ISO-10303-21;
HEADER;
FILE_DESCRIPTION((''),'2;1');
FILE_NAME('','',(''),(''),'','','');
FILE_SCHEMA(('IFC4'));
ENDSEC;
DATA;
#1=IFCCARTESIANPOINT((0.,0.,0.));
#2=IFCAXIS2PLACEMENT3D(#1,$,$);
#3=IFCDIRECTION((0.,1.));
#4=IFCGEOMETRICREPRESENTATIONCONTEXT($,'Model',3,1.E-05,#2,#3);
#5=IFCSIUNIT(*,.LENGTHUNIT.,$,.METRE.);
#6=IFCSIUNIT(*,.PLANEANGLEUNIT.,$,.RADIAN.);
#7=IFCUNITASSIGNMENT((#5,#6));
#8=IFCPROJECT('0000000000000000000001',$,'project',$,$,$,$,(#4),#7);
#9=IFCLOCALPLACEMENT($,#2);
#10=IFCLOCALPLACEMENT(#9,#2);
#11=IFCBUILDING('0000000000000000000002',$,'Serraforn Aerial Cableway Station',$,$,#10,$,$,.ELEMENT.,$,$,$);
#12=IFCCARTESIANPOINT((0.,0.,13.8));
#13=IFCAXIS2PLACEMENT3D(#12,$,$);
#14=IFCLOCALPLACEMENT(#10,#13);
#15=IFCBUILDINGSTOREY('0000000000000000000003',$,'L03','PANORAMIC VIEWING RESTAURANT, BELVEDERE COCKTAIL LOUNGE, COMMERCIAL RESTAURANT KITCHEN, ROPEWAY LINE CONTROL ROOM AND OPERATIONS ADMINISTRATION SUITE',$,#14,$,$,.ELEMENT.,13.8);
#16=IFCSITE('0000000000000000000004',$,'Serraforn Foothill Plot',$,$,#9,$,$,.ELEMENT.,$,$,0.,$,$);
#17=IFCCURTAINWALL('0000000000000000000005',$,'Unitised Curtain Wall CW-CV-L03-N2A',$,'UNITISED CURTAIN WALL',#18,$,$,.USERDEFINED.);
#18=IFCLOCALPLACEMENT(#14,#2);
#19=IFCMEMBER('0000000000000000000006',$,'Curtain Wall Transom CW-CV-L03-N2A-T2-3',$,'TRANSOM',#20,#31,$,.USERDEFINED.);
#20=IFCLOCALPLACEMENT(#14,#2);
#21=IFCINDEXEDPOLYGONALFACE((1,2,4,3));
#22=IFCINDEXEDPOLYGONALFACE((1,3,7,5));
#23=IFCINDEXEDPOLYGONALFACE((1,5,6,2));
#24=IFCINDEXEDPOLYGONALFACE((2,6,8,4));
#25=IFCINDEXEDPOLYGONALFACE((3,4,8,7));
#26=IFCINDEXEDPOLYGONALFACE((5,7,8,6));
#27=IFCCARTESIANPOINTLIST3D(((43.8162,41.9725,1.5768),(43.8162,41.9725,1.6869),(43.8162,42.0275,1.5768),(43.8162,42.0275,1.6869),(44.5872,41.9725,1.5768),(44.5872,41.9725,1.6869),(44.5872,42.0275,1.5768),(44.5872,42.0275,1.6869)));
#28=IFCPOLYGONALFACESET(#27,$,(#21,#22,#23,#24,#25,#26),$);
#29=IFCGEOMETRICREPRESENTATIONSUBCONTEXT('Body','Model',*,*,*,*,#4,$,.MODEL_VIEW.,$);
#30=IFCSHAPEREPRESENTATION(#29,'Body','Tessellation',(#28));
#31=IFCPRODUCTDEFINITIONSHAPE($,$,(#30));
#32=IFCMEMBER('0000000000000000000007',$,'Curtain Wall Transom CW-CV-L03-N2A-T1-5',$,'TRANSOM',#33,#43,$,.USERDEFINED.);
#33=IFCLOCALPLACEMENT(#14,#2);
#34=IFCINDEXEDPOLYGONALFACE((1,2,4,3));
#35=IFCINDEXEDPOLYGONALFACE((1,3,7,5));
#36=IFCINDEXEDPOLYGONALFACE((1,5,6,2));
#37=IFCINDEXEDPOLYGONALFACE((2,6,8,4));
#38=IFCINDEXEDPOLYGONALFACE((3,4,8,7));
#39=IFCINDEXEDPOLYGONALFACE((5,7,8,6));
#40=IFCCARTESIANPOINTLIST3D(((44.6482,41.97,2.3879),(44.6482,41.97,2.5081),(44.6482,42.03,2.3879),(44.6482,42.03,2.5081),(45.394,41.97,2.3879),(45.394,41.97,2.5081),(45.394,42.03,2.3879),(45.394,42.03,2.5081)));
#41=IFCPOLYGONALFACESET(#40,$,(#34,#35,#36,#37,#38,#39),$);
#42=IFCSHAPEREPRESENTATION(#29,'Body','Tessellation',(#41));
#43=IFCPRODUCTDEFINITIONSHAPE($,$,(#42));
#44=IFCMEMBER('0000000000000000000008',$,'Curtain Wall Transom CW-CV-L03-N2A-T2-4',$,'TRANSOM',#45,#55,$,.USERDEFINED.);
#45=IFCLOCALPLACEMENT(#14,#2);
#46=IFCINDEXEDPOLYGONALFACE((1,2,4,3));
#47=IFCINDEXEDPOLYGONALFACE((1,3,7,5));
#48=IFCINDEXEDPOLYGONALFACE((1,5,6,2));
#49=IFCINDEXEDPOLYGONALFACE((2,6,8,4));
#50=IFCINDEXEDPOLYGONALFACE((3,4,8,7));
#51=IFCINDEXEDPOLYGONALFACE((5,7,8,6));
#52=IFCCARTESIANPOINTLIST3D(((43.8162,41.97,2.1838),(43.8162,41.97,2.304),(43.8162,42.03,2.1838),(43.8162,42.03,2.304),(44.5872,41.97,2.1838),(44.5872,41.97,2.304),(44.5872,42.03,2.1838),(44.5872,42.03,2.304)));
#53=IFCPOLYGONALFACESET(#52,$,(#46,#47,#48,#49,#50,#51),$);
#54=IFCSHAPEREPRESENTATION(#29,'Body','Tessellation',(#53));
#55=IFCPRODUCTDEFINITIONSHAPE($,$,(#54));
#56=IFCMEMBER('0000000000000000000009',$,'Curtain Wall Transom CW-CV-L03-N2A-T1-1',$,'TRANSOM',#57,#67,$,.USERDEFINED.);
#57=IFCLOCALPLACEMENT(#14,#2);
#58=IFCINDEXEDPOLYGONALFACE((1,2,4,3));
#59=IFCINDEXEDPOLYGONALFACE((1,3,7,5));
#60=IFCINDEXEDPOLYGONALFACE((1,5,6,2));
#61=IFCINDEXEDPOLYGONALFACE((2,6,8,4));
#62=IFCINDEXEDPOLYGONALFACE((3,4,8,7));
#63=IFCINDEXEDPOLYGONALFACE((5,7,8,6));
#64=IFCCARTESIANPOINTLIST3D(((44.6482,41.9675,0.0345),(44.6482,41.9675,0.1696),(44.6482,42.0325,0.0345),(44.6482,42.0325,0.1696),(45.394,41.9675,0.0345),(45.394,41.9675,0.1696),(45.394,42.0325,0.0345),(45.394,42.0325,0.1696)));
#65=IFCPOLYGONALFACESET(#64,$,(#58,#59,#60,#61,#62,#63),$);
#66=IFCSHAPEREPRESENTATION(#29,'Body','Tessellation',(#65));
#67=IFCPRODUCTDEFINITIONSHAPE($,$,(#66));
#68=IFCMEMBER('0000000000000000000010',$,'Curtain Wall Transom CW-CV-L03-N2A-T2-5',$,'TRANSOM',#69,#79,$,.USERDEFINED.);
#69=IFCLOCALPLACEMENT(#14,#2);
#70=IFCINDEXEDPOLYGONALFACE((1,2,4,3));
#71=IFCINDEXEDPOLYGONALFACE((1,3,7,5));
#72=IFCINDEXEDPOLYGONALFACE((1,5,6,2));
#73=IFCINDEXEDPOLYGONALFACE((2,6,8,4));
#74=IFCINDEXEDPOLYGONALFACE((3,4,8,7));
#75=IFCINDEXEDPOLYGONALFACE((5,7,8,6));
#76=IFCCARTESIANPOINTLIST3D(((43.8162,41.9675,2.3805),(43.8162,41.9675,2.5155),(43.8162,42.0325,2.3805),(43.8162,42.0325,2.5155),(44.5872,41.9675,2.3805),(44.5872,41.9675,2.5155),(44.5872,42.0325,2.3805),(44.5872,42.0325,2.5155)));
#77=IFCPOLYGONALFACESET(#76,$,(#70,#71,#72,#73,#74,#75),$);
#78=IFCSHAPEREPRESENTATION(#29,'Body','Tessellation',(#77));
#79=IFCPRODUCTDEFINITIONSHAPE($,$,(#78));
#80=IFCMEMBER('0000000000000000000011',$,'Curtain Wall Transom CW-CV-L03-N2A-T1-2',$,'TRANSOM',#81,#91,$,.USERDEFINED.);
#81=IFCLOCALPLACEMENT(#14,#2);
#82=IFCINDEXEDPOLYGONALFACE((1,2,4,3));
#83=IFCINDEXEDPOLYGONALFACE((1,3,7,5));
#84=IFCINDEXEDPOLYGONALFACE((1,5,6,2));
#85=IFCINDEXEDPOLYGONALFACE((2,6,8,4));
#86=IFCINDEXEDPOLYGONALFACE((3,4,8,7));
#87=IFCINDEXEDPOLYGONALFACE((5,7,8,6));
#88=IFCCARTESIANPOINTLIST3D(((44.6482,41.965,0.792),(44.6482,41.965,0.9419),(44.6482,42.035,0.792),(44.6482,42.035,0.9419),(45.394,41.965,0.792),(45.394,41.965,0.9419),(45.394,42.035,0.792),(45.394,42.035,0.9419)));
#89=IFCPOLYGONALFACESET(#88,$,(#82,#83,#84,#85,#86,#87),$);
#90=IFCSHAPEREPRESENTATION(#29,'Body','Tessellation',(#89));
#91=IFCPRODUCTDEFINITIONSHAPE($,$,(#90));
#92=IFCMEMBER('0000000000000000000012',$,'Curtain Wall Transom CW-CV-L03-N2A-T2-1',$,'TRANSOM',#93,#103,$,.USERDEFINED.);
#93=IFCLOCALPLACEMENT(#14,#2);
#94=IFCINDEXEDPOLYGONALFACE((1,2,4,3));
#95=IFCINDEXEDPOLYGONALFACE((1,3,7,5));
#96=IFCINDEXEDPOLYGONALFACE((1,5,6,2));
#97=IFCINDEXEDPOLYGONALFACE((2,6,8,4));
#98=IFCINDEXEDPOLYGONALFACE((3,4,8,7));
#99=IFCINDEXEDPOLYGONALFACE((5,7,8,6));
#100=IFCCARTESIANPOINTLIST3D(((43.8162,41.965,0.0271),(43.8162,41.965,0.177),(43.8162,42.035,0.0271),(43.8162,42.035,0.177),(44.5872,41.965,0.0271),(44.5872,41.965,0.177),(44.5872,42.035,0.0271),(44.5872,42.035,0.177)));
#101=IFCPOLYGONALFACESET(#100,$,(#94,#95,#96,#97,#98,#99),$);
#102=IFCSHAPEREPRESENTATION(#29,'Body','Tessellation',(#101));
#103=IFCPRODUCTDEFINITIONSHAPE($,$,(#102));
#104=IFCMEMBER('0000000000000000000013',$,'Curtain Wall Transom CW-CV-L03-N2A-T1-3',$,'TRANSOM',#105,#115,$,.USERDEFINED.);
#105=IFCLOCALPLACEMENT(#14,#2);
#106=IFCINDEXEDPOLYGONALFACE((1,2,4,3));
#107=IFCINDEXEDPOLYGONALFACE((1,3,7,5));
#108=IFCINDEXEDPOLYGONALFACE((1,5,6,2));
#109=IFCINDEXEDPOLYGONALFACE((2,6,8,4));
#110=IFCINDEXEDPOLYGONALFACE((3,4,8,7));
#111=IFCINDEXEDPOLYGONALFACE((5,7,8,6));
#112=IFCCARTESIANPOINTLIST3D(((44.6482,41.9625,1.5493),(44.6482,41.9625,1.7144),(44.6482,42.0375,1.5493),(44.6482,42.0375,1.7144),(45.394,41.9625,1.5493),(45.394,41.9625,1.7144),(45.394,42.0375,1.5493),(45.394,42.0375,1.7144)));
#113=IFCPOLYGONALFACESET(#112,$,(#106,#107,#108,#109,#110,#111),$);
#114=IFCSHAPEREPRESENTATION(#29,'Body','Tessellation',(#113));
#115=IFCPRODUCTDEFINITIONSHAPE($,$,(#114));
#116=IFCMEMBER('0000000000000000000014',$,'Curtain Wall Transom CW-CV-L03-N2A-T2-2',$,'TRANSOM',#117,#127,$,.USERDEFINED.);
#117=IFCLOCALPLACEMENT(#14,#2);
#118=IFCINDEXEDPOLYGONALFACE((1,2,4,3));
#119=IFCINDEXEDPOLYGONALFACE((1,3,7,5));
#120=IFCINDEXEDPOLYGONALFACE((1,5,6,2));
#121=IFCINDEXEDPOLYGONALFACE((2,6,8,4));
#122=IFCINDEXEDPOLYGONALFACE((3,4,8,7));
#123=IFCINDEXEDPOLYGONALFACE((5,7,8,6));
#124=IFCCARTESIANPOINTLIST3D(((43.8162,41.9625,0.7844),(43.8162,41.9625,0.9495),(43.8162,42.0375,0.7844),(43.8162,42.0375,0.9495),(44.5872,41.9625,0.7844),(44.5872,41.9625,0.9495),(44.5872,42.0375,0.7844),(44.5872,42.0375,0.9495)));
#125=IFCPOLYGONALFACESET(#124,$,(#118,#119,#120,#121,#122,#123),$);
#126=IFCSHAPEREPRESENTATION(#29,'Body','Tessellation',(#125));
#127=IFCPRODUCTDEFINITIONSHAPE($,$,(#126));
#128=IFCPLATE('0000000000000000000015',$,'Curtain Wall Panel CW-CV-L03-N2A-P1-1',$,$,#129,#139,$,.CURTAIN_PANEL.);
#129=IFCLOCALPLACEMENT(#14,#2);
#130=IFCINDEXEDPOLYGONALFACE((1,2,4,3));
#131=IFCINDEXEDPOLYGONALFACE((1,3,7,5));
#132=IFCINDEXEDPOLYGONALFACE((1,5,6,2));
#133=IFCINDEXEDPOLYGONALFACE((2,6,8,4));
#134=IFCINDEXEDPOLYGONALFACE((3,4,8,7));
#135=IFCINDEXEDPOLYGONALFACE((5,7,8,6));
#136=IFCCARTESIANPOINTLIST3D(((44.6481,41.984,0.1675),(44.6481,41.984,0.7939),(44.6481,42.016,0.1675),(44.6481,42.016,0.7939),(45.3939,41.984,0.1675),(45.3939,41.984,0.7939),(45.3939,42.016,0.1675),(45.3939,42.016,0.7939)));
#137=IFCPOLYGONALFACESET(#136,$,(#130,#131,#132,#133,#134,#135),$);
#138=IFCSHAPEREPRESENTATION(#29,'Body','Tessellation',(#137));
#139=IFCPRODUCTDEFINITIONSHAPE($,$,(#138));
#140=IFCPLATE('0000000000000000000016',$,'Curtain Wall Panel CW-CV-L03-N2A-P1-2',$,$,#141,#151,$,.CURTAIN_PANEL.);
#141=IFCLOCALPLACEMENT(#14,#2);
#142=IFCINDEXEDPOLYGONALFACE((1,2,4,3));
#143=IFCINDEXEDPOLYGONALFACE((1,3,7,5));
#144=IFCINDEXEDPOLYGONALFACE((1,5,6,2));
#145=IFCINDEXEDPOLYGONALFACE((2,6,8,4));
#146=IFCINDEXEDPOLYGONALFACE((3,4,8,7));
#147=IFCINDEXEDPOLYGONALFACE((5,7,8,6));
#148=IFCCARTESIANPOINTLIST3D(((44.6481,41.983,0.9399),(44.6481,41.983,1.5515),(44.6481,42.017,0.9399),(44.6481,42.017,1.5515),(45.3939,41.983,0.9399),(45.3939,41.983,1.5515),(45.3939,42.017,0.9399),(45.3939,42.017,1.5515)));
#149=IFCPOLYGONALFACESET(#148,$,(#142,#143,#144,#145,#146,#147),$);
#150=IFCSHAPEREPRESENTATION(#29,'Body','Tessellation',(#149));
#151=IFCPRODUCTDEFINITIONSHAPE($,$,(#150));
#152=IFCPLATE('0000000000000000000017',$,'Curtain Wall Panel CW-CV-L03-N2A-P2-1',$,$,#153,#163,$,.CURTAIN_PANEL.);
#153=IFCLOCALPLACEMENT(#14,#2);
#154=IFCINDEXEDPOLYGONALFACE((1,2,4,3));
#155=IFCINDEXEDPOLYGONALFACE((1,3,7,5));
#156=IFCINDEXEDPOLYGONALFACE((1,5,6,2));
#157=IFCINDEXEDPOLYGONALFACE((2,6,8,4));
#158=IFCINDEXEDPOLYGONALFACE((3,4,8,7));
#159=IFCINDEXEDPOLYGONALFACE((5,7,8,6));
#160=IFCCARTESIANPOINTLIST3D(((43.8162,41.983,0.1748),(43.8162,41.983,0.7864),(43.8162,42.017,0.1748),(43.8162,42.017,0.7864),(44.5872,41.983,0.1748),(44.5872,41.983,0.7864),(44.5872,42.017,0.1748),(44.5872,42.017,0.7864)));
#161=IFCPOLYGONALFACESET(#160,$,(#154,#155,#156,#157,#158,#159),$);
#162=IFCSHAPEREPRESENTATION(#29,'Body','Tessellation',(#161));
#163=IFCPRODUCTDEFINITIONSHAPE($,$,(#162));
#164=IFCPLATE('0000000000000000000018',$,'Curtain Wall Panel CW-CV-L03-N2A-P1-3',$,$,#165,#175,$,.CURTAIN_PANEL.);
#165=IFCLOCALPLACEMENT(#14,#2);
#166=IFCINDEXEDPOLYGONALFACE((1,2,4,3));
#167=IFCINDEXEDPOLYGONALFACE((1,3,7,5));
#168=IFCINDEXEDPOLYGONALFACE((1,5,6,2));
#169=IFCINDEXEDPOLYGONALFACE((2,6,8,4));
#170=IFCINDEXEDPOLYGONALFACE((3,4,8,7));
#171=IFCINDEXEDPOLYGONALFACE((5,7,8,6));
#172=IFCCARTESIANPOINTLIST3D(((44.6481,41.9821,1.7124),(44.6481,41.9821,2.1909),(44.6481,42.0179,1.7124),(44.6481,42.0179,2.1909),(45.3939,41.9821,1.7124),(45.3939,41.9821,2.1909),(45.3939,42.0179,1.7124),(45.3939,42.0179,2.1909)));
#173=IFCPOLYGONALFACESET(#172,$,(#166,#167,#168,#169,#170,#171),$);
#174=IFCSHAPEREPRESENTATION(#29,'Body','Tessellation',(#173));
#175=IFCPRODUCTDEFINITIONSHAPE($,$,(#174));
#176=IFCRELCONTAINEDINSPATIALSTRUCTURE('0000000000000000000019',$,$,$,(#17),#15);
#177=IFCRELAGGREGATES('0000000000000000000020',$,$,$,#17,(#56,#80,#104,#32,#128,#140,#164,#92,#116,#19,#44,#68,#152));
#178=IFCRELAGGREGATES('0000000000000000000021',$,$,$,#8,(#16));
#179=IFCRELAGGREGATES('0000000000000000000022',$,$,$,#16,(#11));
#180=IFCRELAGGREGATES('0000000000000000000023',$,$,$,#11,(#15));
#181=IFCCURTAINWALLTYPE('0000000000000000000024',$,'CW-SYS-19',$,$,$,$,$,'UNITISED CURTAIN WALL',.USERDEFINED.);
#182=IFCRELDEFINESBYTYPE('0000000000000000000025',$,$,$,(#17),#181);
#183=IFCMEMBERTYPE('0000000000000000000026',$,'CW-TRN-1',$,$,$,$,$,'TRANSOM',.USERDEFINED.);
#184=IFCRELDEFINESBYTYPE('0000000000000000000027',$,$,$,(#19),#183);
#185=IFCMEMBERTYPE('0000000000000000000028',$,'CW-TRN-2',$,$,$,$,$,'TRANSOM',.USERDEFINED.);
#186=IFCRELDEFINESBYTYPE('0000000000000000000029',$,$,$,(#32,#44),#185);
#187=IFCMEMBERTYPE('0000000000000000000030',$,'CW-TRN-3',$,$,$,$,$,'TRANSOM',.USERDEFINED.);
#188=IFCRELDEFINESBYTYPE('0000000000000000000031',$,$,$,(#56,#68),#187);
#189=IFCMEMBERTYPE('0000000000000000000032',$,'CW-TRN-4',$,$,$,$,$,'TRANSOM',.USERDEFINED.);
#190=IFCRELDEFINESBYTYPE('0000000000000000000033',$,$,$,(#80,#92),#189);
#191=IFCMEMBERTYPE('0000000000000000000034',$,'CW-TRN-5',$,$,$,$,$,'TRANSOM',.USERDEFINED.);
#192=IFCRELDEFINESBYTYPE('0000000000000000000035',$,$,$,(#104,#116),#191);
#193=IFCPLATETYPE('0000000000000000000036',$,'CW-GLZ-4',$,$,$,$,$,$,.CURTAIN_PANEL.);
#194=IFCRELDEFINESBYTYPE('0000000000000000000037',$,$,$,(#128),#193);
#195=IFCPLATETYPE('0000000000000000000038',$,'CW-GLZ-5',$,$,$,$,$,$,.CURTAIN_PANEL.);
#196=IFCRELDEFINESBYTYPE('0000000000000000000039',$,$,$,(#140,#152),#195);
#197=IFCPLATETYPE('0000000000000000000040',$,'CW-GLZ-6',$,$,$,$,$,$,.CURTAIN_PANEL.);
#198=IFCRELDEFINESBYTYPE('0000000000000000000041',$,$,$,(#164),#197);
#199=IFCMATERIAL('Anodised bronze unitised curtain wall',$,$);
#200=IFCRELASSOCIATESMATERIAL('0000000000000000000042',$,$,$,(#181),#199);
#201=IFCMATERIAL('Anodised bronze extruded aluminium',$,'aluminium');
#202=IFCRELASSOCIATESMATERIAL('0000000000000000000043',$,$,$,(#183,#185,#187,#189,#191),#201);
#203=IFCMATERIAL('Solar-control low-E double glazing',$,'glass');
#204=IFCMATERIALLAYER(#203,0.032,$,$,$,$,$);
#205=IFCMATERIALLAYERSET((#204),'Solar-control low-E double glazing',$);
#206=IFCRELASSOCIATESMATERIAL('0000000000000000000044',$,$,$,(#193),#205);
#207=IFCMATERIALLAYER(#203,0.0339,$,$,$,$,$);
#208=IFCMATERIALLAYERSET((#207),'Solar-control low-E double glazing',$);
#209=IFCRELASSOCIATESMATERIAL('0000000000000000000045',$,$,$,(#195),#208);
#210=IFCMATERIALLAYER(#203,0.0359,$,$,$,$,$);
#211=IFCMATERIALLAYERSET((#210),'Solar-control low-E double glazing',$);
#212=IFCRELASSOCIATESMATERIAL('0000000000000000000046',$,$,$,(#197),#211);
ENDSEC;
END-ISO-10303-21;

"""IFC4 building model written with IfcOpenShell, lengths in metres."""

from ifc_helpers import new_model, si_unit, direction, frame, origin, origin_2d, place, context, subcontext, project, spatial, rectangle, extrude, material, layer, layer_set, material_profile, profile_set, type_object, element, aggregate, save


model = new_model("IFC4")

# Units and contexts
model_context = context("Model", 3, precision=1e-05, world=origin(), true_north=direction((0.0, 1.0)))
body_context = subcontext(model_context, "Body", "Model", "MODEL_VIEW")
ifc_project = project(units=[si_unit("LENGTHUNIT", "METRE"), si_unit("PLANEANGLEUNIT", "RADIAN")], contexts=[model_context])

# Site, building, storey
site_placement = place(None, origin())
site = spatial("IfcSite", under=ifc_project, at=site_placement, Name="Serraforn Foothill Plot", CompositionType="ELEMENT", RefElevation=0.0)
building_placement = place(site_placement, origin())
building = spatial("IfcBuilding", under=site, at=building_placement, Name="Serraforn Aerial Cableway Station", CompositionType="ELEMENT")
storey_placement = place(building_placement, frame((0.0, 0.0, 13.8)))
storey = spatial("IfcBuildingStorey", under=building, at=storey_placement, Name="L03", Description="PANORAMIC VIEWING RESTAURANT, BELVEDERE COCKTAIL LOUNGE, COMMERCIAL RESTAURANT KITCHEN, ROPEWAY LINE CONTROL ROOM AND OPERATIONS ADMINISTRATION SUITE", CompositionType="ELEMENT", Elevation=13.8)

# Curtain wall, members, plates
ifc_material_1 = material(Name="Anodised bronze unitised curtain wall")
curtain_wall_type = type_object("IfcCurtainWallType", Name="CW-SYS-19", ElementType="UNITISED CURTAIN WALL", PredefinedType="USERDEFINED", material=ifc_material_1)
curtain_wall_placement = place(storey_placement, origin())
curtain_wall = element("IfcCurtainWall", 1, at=curtain_wall_placement, inside=storey, type_object=curtain_wall_type, Name="Unitised Curtain Wall CW-CV-L03-N2A", ObjectType="UNITISED CURTAIN WALL", PredefinedType="USERDEFINED")
ifc_material_2 = material(Name="Anodised bronze extruded aluminium", Category="aluminium")
ifc_material_profile_1 = material_profile(ifc_material_2, rectangle(XDim=0.0549, YDim=0.1101, at=origin_2d()), Name="CW TRANSOM 55x110")
ifc_profile_set_1 = profile_set([ifc_material_profile_1], Name="Anodised bronze extruded aluminium")
member_type_1 = type_object("IfcMemberType", Name="CW-TRN-1", ElementType="TRANSOM", PredefinedType="USERDEFINED", material=ifc_profile_set_1)
member_1_placement = place(storey_placement, frame((44.5872, 42.0, 1.6318), z_axis=(-1.0, 0.0, 0.0), x_axis=(0.0, -1.0, 0.0)))
member_1 = element("IfcMember", 2, at=member_1_placement, type_object=member_type_1, Name="Curtain Wall Transom CW-CV-L03-N2A-T2-3", ObjectType="TRANSOM", PredefinedType="USERDEFINED", context=body_context, shape_type="SweptSolid", body=[
    extrude(rectangle(XDim=0.0549, YDim=0.1101, at=origin_2d()), origin(), (0.0, 0.0, 1.0), 0.771),
])
ifc_material_profile_2 = material_profile(ifc_material_2, rectangle(XDim=0.0601, YDim=0.1201, at=origin_2d()), Name="CW TRANSOM 60x120")
ifc_profile_set_2 = profile_set([ifc_material_profile_2], Name="Anodised bronze extruded aluminium")
member_type_2 = type_object("IfcMemberType", Name="CW-TRN-2", ElementType="TRANSOM", PredefinedType="USERDEFINED", material=ifc_profile_set_2)
member_2_placement = place(storey_placement, frame((45.394, 42.0, 2.448), z_axis=(-1.0, 0.0, 0.0), x_axis=(0.0, -1.0, 0.0)))
member_2 = element("IfcMember", 3, at=member_2_placement, type_object=member_type_2, Name="Curtain Wall Transom CW-CV-L03-N2A-T1-5", ObjectType="TRANSOM", PredefinedType="USERDEFINED", context=body_context, shape_type="SweptSolid", body=[
    extrude(rectangle(XDim=0.0601, YDim=0.1201, at=origin_2d()), origin(), (0.0, 0.0, 1.0), 0.7458),
])
member_3_placement = place(storey_placement, frame((44.5872, 42.0, 2.2439), z_axis=(-1.0, 0.0, 0.0), x_axis=(0.0, -1.0, 0.0)))
member_3 = element("IfcMember", 4, at=member_3_placement, type_object=member_type_2, Name="Curtain Wall Transom CW-CV-L03-N2A-T2-4", ObjectType="TRANSOM", PredefinedType="USERDEFINED", context=body_context, shape_type="SweptSolid", body=[
    extrude(rectangle(XDim=0.0601, YDim=0.1201, at=origin_2d()), origin(), (0.0, 0.0, 1.0), 0.771),
])
ifc_material_profile_3 = material_profile(ifc_material_2, rectangle(XDim=0.0649, YDim=0.135, at=origin_2d()), Name="CW TRANSOM 65x135")
ifc_profile_set_3 = profile_set([ifc_material_profile_3], Name="Anodised bronze extruded aluminium")
member_type_3 = type_object("IfcMemberType", Name="CW-TRN-3", ElementType="TRANSOM", PredefinedType="USERDEFINED", material=ifc_profile_set_3)
member_4_placement = place(storey_placement, frame((45.394, 42.0, 0.1021), z_axis=(-1.0, 0.0, 0.0), x_axis=(0.0, -1.0, 0.0)))
member_4 = element("IfcMember", 5, at=member_4_placement, type_object=member_type_3, Name="Curtain Wall Transom CW-CV-L03-N2A-T1-1", ObjectType="TRANSOM", PredefinedType="USERDEFINED", context=body_context, shape_type="SweptSolid", body=[
    extrude(rectangle(XDim=0.0649, YDim=0.135, at=origin_2d()), origin(), (0.0, 0.0, 1.0), 0.7458),
])
member_5_placement = place(storey_placement, frame((44.5872, 42.0, 2.448), z_axis=(-1.0, 0.0, 0.0), x_axis=(0.0, -1.0, 0.0)))
member_5 = element("IfcMember", 6, at=member_5_placement, type_object=member_type_3, Name="Curtain Wall Transom CW-CV-L03-N2A-T2-5", ObjectType="TRANSOM", PredefinedType="USERDEFINED", context=body_context, shape_type="SweptSolid", body=[
    extrude(rectangle(XDim=0.0649, YDim=0.135, at=origin_2d()), origin(), (0.0, 0.0, 1.0), 0.771),
])
ifc_material_profile_4 = material_profile(ifc_material_2, rectangle(XDim=0.0701, YDim=0.1499, at=origin_2d()), Name="CW TRANSOM 70x150")
ifc_profile_set_4 = profile_set([ifc_material_profile_4], Name="Anodised bronze extruded aluminium")
member_type_4 = type_object("IfcMemberType", Name="CW-TRN-4", ElementType="TRANSOM", PredefinedType="USERDEFINED", material=ifc_profile_set_4)
member_6_placement = place(storey_placement, frame((45.394, 42.0, 0.8669), z_axis=(-1.0, 0.0, 0.0), x_axis=(0.0, -1.0, 0.0)))
member_6 = element("IfcMember", 7, at=member_6_placement, type_object=member_type_4, Name="Curtain Wall Transom CW-CV-L03-N2A-T1-2", ObjectType="TRANSOM", PredefinedType="USERDEFINED", context=body_context, shape_type="SweptSolid", body=[
    extrude(rectangle(XDim=0.0701, YDim=0.1499, at=origin_2d()), origin(), (0.0, 0.0, 1.0), 0.7458),
])
member_7_placement = place(storey_placement, frame((44.5872, 42.0, 0.1021), z_axis=(-1.0, 0.0, 0.0), x_axis=(0.0, -1.0, 0.0)))
member_7 = element("IfcMember", 8, at=member_7_placement, type_object=member_type_4, Name="Curtain Wall Transom CW-CV-L03-N2A-T2-1", ObjectType="TRANSOM", PredefinedType="USERDEFINED", context=body_context, shape_type="SweptSolid", body=[
    extrude(rectangle(XDim=0.0701, YDim=0.1499, at=origin_2d()), origin(), (0.0, 0.0, 1.0), 0.771),
])
ifc_material_profile_5 = material_profile(ifc_material_2, rectangle(XDim=0.075, YDim=0.165, at=origin_2d()), Name="CW TRANSOM 75x165")
ifc_profile_set_5 = profile_set([ifc_material_profile_5], Name="Anodised bronze extruded aluminium")
member_type_5 = type_object("IfcMemberType", Name="CW-TRN-5", ElementType="TRANSOM", PredefinedType="USERDEFINED", material=ifc_profile_set_5)
member_8_placement = place(storey_placement, frame((45.394, 42.0, 1.6318), z_axis=(-1.0, 0.0, 0.0), x_axis=(0.0, -1.0, 0.0)))
member_8 = element("IfcMember", 9, at=member_8_placement, type_object=member_type_5, Name="Curtain Wall Transom CW-CV-L03-N2A-T1-3", ObjectType="TRANSOM", PredefinedType="USERDEFINED", context=body_context, shape_type="SweptSolid", body=[
    extrude(rectangle(XDim=0.075, YDim=0.165, at=origin_2d()), origin(), (0.0, 0.0, 1.0), 0.7458),
])
member_9_placement = place(storey_placement, frame((44.5872, 42.0, 0.8669), z_axis=(-1.0, 0.0, 0.0), x_axis=(0.0, -1.0, 0.0)))
member_9 = element("IfcMember", 10, at=member_9_placement, type_object=member_type_5, Name="Curtain Wall Transom CW-CV-L03-N2A-T2-2", ObjectType="TRANSOM", PredefinedType="USERDEFINED", context=body_context, shape_type="SweptSolid", body=[
    extrude(rectangle(XDim=0.075, YDim=0.165, at=origin_2d()), origin(), (0.0, 0.0, 1.0), 0.771),
])
ifc_material_3 = material(Name="Solar-control low-E double glazing", Category="glass")
ifc_layer_1 = layer(ifc_material_3, 0.032)
ifc_layer_set_1 = layer_set([ifc_layer_1], Name="Solar-control low-E double glazing")
plate_type_1 = type_object("IfcPlateType", Name="CW-GLZ-4", PredefinedType="CURTAIN_PANEL", material=ifc_layer_set_1)
plate_1_placement = place(storey_placement, frame((45.021, 42.0, 0.1675), z_axis=(0.0, 0.0, 1.0), x_axis=(1.0, 0.0, 0.0)))
plate_1 = element("IfcPlate", 11, at=plate_1_placement, type_object=plate_type_1, Name="Curtain Wall Panel CW-CV-L03-N2A-P1-1", PredefinedType="CURTAIN_PANEL", context=body_context, shape_type="SweptSolid", body=[
    extrude(rectangle(XDim=0.7458, YDim=0.032, at=origin_2d()), origin(), (0.0, 0.0, 1.0), 0.6265),
])
ifc_layer_2 = layer(ifc_material_3, 0.0339)
ifc_layer_set_2 = layer_set([ifc_layer_2], Name="Solar-control low-E double glazing")
plate_type_2 = type_object("IfcPlateType", Name="CW-GLZ-5", PredefinedType="CURTAIN_PANEL", material=ifc_layer_set_2)
plate_2_placement = place(storey_placement, frame((45.021, 42.0, 0.9399), z_axis=(0.0, 0.0, 1.0), x_axis=(1.0, 0.0, 0.0)))
plate_2 = element("IfcPlate", 12, at=plate_2_placement, type_object=plate_type_2, Name="Curtain Wall Panel CW-CV-L03-N2A-P1-2", PredefinedType="CURTAIN_PANEL", context=body_context, shape_type="SweptSolid", body=[
    extrude(rectangle(XDim=0.7458, YDim=0.0339, at=origin_2d()), origin(), (0.0, 0.0, 1.0), 0.6116),
])
plate_3_placement = place(storey_placement, frame((44.2017, 42.0, 0.1748), z_axis=(0.0, 0.0, 1.0), x_axis=(1.0, 0.0, 0.0)))
plate_3 = element("IfcPlate", 13, at=plate_3_placement, type_object=plate_type_2, Name="Curtain Wall Panel CW-CV-L03-N2A-P2-1", PredefinedType="CURTAIN_PANEL", context=body_context, shape_type="SweptSolid", body=[
    extrude(rectangle(XDim=0.771, YDim=0.0339, at=origin_2d()), origin(), (0.0, 0.0, 1.0), 0.6116),
])
ifc_layer_3 = layer(ifc_material_3, 0.0359)
ifc_layer_set_3 = layer_set([ifc_layer_3], Name="Solar-control low-E double glazing")
plate_type_3 = type_object("IfcPlateType", Name="CW-GLZ-6", PredefinedType="CURTAIN_PANEL", material=ifc_layer_set_3)
plate_4_placement = place(storey_placement, frame((45.021, 42.0, 1.7124), z_axis=(0.0, 0.0, 1.0), x_axis=(1.0, 0.0, 0.0)))
plate_4 = element("IfcPlate", 14, at=plate_4_placement, type_object=plate_type_3, Name="Curtain Wall Panel CW-CV-L03-N2A-P1-3", PredefinedType="CURTAIN_PANEL", context=body_context, shape_type="SweptSolid", body=[
    extrude(rectangle(XDim=0.7458, YDim=0.0359, at=origin_2d()), origin(), (0.0, 0.0, 1.0), 0.4785),
])
aggregate(curtain_wall, [member_4, member_6, member_8, member_2, plate_1, plate_2, plate_4, member_7, member_9, member_1, member_3, member_5, plate_3])

save(model, "model.ifc")
